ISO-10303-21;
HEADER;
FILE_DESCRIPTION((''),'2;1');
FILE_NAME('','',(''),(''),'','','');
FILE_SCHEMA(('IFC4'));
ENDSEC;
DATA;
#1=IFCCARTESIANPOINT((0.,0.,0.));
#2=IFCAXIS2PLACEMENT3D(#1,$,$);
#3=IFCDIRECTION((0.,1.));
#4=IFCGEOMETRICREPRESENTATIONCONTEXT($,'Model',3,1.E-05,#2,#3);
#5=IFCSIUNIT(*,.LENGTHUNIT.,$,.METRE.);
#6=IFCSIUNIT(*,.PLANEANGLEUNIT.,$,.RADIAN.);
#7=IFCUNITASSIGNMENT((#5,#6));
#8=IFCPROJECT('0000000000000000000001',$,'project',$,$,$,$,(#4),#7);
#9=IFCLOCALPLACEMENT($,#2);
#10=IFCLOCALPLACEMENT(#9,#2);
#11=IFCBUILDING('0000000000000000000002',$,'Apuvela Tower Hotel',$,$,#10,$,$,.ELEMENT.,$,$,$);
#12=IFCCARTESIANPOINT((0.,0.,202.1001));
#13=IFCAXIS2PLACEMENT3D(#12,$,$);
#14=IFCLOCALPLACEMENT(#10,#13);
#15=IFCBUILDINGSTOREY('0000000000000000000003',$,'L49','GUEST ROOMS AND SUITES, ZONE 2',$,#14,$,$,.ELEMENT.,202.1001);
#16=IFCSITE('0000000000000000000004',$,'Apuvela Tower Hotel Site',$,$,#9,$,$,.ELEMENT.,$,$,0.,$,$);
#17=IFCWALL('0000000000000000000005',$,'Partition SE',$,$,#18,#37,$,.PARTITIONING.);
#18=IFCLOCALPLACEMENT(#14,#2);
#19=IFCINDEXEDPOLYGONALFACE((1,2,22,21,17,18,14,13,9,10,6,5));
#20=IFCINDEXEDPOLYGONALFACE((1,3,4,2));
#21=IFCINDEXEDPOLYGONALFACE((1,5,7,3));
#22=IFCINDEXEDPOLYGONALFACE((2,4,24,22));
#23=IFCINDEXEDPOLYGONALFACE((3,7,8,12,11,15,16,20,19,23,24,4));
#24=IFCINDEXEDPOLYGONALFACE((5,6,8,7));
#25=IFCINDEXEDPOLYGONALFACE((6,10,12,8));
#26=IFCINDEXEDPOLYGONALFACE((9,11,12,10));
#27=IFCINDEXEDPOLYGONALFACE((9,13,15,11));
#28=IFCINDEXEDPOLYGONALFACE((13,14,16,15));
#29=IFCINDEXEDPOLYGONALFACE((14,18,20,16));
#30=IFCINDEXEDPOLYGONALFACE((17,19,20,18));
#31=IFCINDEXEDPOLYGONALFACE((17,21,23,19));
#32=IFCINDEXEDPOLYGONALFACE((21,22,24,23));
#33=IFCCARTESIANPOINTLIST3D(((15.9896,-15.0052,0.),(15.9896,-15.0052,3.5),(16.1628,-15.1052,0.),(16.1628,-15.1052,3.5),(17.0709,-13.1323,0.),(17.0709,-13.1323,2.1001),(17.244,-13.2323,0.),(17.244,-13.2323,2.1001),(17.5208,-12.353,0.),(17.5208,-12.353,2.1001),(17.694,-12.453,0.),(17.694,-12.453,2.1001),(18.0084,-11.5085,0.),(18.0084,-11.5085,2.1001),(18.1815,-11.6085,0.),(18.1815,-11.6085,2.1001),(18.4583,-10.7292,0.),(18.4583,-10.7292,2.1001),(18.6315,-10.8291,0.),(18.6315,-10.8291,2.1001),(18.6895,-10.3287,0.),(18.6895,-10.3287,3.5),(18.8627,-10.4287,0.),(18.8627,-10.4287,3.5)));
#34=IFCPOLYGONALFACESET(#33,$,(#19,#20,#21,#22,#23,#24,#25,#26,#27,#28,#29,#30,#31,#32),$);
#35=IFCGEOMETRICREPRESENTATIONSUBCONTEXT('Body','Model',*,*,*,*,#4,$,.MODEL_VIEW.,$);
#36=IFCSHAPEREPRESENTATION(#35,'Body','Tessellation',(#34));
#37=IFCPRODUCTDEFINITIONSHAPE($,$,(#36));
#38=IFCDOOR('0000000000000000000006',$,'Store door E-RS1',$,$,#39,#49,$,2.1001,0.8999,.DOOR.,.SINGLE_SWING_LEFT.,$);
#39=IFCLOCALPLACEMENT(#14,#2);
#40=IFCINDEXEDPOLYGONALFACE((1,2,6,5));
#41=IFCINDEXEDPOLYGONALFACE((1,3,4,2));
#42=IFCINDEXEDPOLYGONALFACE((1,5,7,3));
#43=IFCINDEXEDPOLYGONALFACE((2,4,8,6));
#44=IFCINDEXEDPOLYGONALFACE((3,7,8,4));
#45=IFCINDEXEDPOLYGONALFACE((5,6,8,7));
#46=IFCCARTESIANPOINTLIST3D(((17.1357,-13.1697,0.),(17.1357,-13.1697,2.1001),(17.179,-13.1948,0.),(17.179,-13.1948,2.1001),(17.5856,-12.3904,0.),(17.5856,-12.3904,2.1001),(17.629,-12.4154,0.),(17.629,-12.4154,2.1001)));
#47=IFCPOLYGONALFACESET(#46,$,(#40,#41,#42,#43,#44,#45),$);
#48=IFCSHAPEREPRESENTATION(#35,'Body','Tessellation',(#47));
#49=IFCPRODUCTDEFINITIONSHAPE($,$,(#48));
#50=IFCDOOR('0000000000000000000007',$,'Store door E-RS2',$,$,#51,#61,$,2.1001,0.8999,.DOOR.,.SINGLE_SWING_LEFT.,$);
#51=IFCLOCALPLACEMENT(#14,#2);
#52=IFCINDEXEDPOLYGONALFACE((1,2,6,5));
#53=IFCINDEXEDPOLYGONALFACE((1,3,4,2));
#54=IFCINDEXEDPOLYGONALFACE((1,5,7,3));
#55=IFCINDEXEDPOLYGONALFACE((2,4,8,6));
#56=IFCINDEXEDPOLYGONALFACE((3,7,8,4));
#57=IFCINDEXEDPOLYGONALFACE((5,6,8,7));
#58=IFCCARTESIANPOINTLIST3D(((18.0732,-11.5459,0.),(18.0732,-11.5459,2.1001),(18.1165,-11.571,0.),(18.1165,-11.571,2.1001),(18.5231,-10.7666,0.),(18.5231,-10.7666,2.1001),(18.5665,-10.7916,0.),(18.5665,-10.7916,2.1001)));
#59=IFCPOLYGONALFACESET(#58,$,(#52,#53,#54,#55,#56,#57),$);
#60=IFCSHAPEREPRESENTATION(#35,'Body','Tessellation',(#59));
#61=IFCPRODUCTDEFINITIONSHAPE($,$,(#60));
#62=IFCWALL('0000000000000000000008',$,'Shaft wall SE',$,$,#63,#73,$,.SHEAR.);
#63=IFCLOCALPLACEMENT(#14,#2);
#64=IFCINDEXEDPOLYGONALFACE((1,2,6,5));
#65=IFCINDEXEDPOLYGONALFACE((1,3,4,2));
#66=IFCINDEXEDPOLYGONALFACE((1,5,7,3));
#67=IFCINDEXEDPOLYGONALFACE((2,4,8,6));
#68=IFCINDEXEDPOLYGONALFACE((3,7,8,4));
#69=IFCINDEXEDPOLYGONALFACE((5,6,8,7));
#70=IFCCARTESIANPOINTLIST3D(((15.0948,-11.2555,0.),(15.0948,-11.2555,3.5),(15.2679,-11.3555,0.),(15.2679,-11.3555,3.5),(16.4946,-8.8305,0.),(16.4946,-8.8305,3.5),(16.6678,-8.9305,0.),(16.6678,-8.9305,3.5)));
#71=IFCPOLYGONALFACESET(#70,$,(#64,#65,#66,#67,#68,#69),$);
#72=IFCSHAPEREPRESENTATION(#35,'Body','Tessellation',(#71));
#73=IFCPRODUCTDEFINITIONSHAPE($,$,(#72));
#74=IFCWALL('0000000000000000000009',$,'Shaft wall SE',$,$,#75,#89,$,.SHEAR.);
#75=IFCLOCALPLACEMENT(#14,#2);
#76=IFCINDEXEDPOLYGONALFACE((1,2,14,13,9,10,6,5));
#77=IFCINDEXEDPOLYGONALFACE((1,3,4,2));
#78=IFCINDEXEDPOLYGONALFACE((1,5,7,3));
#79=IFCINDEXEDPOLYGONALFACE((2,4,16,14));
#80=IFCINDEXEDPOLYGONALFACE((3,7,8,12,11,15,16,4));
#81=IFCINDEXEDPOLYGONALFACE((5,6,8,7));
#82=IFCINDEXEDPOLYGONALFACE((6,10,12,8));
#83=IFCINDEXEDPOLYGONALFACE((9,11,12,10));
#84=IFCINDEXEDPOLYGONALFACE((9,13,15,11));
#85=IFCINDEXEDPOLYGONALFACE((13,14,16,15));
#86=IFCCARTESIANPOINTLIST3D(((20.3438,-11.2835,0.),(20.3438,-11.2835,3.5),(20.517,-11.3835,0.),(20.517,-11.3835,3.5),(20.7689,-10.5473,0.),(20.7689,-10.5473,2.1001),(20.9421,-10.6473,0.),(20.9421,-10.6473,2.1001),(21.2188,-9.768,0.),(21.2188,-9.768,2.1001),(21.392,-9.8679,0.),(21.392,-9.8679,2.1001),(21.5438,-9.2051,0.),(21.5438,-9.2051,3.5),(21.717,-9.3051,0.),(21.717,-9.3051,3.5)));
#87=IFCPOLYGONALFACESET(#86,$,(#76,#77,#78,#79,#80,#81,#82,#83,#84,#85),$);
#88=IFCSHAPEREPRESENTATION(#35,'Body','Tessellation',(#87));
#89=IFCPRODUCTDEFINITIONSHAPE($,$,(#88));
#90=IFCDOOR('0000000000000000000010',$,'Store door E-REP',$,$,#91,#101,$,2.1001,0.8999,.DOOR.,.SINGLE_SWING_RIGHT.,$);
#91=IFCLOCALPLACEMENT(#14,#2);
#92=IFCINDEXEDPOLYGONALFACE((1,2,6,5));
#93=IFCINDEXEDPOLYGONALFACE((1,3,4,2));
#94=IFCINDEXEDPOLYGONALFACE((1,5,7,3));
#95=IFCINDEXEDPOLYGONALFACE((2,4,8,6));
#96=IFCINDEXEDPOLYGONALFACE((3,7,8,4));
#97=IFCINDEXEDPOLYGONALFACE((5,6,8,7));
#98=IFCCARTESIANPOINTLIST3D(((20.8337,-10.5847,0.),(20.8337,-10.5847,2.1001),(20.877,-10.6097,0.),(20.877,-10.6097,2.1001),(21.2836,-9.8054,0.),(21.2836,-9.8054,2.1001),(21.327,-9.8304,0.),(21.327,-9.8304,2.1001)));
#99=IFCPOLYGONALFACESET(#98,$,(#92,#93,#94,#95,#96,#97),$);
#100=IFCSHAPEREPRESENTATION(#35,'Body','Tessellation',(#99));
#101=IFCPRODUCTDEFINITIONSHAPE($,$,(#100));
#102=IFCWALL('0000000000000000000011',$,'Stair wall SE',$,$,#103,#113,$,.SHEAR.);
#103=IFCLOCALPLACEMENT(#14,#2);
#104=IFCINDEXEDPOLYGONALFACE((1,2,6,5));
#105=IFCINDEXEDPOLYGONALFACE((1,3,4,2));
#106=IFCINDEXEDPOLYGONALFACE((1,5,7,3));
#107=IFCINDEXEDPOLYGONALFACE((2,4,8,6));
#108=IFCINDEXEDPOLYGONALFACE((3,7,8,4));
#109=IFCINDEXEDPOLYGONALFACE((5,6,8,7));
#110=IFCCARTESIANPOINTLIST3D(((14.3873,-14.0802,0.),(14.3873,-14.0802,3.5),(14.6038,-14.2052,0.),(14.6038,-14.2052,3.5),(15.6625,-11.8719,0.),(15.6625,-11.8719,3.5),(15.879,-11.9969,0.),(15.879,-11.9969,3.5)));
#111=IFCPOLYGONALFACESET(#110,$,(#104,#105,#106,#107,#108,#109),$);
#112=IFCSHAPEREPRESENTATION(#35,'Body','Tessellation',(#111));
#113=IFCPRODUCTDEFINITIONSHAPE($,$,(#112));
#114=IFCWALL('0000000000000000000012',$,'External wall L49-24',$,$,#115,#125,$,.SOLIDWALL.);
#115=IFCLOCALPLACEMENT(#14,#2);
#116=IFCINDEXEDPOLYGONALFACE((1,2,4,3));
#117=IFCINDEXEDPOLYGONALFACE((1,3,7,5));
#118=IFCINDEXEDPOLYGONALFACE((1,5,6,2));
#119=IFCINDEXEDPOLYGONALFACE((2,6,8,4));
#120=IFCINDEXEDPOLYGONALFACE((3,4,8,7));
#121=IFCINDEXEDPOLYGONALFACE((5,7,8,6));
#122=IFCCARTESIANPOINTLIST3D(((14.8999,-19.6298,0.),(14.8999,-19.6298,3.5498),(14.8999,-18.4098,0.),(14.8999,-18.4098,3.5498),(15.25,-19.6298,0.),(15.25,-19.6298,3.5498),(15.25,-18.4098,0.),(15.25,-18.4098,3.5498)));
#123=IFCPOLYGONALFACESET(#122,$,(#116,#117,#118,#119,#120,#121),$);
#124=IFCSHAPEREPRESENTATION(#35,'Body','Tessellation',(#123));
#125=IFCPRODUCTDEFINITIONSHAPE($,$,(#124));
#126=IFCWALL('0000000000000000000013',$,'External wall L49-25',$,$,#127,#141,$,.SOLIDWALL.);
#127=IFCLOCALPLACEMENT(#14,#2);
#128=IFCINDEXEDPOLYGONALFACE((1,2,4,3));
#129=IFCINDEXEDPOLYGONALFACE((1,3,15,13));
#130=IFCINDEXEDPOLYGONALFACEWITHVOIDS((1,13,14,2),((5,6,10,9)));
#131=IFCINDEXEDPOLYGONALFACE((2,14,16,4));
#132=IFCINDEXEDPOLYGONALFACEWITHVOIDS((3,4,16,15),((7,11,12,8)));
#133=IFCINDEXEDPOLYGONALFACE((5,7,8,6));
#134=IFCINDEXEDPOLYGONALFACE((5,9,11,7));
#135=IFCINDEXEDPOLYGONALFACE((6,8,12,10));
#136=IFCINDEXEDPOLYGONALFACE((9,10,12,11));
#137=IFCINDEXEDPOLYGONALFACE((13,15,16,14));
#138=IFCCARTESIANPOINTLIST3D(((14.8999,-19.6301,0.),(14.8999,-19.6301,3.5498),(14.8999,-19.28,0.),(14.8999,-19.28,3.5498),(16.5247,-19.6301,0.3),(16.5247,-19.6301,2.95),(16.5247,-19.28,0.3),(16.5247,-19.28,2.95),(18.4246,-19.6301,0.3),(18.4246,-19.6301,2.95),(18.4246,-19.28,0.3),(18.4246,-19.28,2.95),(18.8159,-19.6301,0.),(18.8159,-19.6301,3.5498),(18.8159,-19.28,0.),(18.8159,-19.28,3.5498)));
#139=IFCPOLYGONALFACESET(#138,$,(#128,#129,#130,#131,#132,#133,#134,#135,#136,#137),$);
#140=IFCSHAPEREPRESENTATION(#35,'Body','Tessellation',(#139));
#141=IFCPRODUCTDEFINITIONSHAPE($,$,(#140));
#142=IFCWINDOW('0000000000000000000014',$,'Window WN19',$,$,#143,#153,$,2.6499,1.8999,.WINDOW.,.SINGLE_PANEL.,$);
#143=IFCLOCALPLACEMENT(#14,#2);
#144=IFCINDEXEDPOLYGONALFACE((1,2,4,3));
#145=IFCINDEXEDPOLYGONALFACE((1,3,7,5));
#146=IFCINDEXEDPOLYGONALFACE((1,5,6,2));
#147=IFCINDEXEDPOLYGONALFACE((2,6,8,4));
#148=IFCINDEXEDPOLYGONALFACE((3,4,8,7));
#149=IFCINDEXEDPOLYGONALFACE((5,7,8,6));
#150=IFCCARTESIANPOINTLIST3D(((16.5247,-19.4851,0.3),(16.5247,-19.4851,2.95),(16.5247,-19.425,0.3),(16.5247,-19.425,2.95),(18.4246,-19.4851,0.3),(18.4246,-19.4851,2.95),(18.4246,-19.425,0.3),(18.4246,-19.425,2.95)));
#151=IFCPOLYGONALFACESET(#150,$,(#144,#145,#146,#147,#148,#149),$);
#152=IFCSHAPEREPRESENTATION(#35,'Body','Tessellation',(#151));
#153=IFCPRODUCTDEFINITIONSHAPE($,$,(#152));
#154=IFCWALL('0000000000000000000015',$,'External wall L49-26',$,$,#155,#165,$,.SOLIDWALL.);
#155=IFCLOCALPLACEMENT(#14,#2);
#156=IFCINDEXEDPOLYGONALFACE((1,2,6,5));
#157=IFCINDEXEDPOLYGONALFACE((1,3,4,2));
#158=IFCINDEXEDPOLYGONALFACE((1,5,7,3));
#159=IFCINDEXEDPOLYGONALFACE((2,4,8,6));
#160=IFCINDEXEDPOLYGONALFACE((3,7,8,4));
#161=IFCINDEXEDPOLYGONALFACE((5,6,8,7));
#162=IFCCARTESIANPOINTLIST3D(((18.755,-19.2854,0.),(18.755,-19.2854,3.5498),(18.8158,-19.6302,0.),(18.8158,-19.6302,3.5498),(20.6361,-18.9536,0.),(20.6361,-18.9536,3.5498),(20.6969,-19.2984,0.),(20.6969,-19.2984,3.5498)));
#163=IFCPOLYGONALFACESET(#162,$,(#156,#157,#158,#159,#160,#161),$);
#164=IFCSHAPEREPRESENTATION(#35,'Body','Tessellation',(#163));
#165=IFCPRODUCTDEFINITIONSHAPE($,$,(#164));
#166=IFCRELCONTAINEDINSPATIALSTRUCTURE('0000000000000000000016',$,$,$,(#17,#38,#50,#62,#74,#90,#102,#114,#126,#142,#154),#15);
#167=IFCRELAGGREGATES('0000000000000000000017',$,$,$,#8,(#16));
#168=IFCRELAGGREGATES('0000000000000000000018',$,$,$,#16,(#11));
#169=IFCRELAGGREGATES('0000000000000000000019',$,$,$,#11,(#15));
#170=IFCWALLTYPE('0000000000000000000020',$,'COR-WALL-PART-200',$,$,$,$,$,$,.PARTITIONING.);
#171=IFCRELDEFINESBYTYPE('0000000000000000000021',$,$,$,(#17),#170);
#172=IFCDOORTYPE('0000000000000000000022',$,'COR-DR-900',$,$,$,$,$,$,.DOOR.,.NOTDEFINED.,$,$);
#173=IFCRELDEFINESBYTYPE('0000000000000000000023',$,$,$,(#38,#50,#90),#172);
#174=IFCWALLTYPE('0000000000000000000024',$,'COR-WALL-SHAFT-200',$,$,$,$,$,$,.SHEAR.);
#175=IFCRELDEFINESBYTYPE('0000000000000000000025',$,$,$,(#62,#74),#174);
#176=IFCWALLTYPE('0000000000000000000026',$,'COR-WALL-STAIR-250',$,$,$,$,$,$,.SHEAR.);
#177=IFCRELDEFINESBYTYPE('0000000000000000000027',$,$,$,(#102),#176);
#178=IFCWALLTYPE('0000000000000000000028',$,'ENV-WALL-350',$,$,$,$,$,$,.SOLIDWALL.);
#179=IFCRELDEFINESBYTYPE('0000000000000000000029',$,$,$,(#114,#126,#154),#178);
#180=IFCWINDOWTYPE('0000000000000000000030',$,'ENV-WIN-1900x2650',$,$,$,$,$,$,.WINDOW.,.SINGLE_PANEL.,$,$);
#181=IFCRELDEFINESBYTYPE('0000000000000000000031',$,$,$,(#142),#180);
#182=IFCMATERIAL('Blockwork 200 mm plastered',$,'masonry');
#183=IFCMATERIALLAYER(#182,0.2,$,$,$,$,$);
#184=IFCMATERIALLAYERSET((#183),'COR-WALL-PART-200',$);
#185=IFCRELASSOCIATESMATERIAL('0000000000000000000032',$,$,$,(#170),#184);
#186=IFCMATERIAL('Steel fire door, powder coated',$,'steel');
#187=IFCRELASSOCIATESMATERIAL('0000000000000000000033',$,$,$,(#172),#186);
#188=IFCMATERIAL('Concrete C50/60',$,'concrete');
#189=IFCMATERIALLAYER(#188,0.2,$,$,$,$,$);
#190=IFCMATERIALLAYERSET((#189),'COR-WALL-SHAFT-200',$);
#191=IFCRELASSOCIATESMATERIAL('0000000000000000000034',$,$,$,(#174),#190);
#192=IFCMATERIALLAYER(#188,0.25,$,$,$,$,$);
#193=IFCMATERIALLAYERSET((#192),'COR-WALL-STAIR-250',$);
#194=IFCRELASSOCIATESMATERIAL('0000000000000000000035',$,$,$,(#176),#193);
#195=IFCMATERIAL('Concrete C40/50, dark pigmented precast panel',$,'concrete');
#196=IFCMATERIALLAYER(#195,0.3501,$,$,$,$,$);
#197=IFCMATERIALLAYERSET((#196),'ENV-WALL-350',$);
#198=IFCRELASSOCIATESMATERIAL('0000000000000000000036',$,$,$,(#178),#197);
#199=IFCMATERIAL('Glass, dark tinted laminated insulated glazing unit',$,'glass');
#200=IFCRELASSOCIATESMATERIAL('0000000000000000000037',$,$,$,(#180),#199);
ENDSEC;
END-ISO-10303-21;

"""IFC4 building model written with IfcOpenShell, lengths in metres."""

from ifc_helpers import new_model, si_unit, direction, frame, frame_2d, origin, place, context, subcontext, project, spatial, rectangle, extrude, material, layer, layer_set, type_object, element, fill, save


model = new_model("IFC4")

# Units and contexts
model_context = context("Model", 3, precision=1e-05, world=origin(), true_north=direction((0.0, 1.0)))
body_context = subcontext(model_context, "Body", "Model", "MODEL_VIEW")
ifc_project = project(units=[si_unit("LENGTHUNIT", "METRE"), si_unit("PLANEANGLEUNIT", "RADIAN")], contexts=[model_context])

# Site, building, storey
site_placement = place(None, origin())
site = spatial("IfcSite", under=ifc_project, at=site_placement, Name="Apuvela Tower Hotel Site", CompositionType="ELEMENT", RefElevation=0.0)
building_placement = place(site_placement, origin())
building = spatial("IfcBuilding", under=site, at=building_placement, Name="Apuvela Tower Hotel", CompositionType="ELEMENT")
storey_placement = place(building_placement, frame((0.0, 0.0, 202.1001)))
storey = spatial("IfcBuildingStorey", under=building, at=storey_placement, Name="L49", Description="GUEST ROOMS AND SUITES, ZONE 2", CompositionType="ELEMENT", Elevation=202.1001)

# Wall, openings, doors
ifc_material_1 = material(Name="Blockwork 200 mm plastered", Category="masonry")
ifc_layer_1 = layer(ifc_material_1, 0.2)
ifc_layer_set_1 = layer_set([ifc_layer_1], Name="COR-WALL-PART-200")
wall_type_1 = type_object("IfcWallType", Name="COR-WALL-PART-200", PredefinedType="PARTITIONING", material=ifc_layer_set_1)
wall_1_placement = place(storey_placement, frame((16.0762, -15.0552, 0.0), z_axis=(0.0, 0.0, 1.0), x_axis=(0.499995, 0.866028, 0.0)))
wall_1 = element("IfcWall", 1, at=wall_1_placement, inside=storey, type_object=wall_type_1, Name="Partition SE", PredefinedType="PARTITIONING", context=body_context, shape_type="SweptSolid", body=[
    extrude(rectangle(XDim=5.3999, YDim=0.2, at=frame_2d((2.7, 0.0))), origin(), (0.0, 0.0, 1.0), 3.5),
])
opening_1_placement = place(wall_1_placement, frame((2.1626, 0.0, 0.0)))
opening_1 = element("IfcOpeningElement", 2, at=opening_1_placement, cuts=wall_1, PredefinedType="OPENING", context=body_context, shape_type="SweptSolid", body=[
    extrude(rectangle(XDim=0.8999, YDim=2.1001, at=frame_2d((0.45, 1.05))), frame((0.0, 0.1099, 0.0), z_axis=(0.0, -1.0, 0.0), x_axis=(1.0, 0.0, 0.0)), (0.0, 0.0, 1.0), 0.22),
])
opening_2_placement = place(wall_1_placement, frame((4.0376, 0.0, 0.0)))
opening_2 = element("IfcOpeningElement", 3, at=opening_2_placement, cuts=wall_1, PredefinedType="OPENING", context=body_context, shape_type="SweptSolid", body=[
    extrude(rectangle(XDim=0.8999, YDim=2.1001, at=frame_2d((0.45, 1.05))), frame((0.0, 0.1099, 0.0), z_axis=(0.0, -1.0, 0.0), x_axis=(1.0, 0.0, 0.0)), (0.0, 0.0, 1.0), 0.22),
])
ifc_material_2 = material(Name="Steel fire door, powder coated", Category="steel")
door_type_1 = type_object("IfcDoorType", Name="COR-DR-900", OperationType="NOTDEFINED", PredefinedType="DOOR", material=ifc_material_2)
door_1_placement = place(opening_1_placement, frame((0.8999, 0.0, 0.0), z_axis=(0.0, 0.0, 1.0), x_axis=(-1.0, 0.0, 0.0)))
door_1 = element("IfcDoor", 4, at=door_1_placement, inside=storey, type_object=door_type_1, Name="Store door E-RS1", OperationType="SINGLE_SWING_LEFT", OverallHeight=2.1001, OverallWidth=0.8999, PredefinedType="DOOR", context=body_context, shape_type="SweptSolid", body=[
    extrude(rectangle(XDim=0.8999, YDim=2.1001, at=frame_2d((0.45, 1.05))), frame((0.0, 0.0249, 0.0), z_axis=(0.0, -1.0, 0.0), x_axis=(1.0, 0.0, 0.0)), (0.0, 0.0, 1.0), 0.05),
])
fill(opening_1, door_1)
door_2_placement = place(opening_2_placement, frame((0.8999, 0.0, 0.0), z_axis=(0.0, 0.0, 1.0), x_axis=(-1.0, 0.0, 0.0)))
door_2 = element("IfcDoor", 5, at=door_2_placement, inside=storey, type_object=door_type_1, Name="Store door E-RS2", OperationType="SINGLE_SWING_LEFT", OverallHeight=2.1001, OverallWidth=0.8999, PredefinedType="DOOR", context=body_context, shape_type="SweptSolid", body=[
    extrude(rectangle(XDim=0.8999, YDim=2.1001, at=frame_2d((0.45, 1.05))), frame((0.0, 0.0249, 0.0), z_axis=(0.0, -1.0, 0.0), x_axis=(1.0, 0.0, 0.0)), (0.0, 0.0, 1.0), 0.05),
])
fill(opening_2, door_2)

# Wall
ifc_material_3 = material(Name="Concrete C50/60", Category="concrete")
ifc_layer_2 = layer(ifc_material_3, 0.2)
ifc_layer_set_2 = layer_set([ifc_layer_2], Name="COR-WALL-SHAFT-200")
wall_type_2 = type_object("IfcWallType", Name="COR-WALL-SHAFT-200", PredefinedType="SHEAR", material=ifc_layer_set_2)
wall_2_placement = place(storey_placement, frame((15.1814, -11.3054, 0.0), z_axis=(0.0, 0.0, 1.0), x_axis=(0.499946, 0.866056, 0.0)))
element("IfcWall", 6, at=wall_2_placement, inside=storey, type_object=wall_type_2, Name="Shaft wall SE", PredefinedType="SHEAR", context=body_context, shape_type="SweptSolid", body=[
    extrude(rectangle(XDim=2.8, YDim=0.2, at=frame_2d((1.3999, 0.0))), origin(), (0.0, 0.0, 1.0), 3.5),
])

# Wall, opening, door
wall_3_placement = place(storey_placement, frame((20.4304, -11.3335, 0.0), z_axis=(0.0, 0.0, 1.0), x_axis=(0.500001, 0.866025, 0.0)))
wall_3 = element("IfcWall", 7, at=wall_3_placement, inside=storey, type_object=wall_type_2, Name="Shaft wall SE", PredefinedType="SHEAR", context=body_context, shape_type="SweptSolid", body=[
    extrude(rectangle(XDim=2.3999, YDim=0.2, at=frame_2d((1.2, 0.0))), origin(), (0.0, 0.0, 1.0), 3.5),
])
opening_3_placement = place(wall_3_placement, frame((0.8501, 0.0, 0.0)))
opening_3 = element("IfcOpeningElement", 8, at=opening_3_placement, cuts=wall_3, PredefinedType="OPENING", context=body_context, shape_type="SweptSolid", body=[
    extrude(rectangle(XDim=0.8999, YDim=2.1001, at=frame_2d((0.45, 1.05))), frame((0.0, 0.1099, 0.0), z_axis=(0.0, -1.0, 0.0), x_axis=(1.0, 0.0, 0.0)), (0.0, 0.0, 1.0), 0.22),
])
door_3_placement = place(opening_3_placement, frame((0.8999, 0.0, 0.0), z_axis=(0.0, 0.0, 1.0), x_axis=(-1.0, 0.0, 0.0)))
door_3 = element("IfcDoor", 9, at=door_3_placement, inside=storey, type_object=door_type_1, Name="Store door E-REP", OperationType="SINGLE_SWING_RIGHT", OverallHeight=2.1001, OverallWidth=0.8999, PredefinedType="DOOR", context=body_context, shape_type="SweptSolid", body=[
    extrude(rectangle(XDim=0.8999, YDim=2.1001, at=frame_2d((0.45, 1.05))), frame((0.0, 0.0249, 0.0), z_axis=(0.0, -1.0, 0.0), x_axis=(1.0, 0.0, 0.0)), (0.0, 0.0, 1.0), 0.05),
])
fill(opening_3, door_3)

# Walls
ifc_layer_3 = layer(ifc_material_3, 0.25)
ifc_layer_set_3 = layer_set([ifc_layer_3], Name="COR-WALL-STAIR-250")
wall_type_3 = type_object("IfcWallType", Name="COR-WALL-STAIR-250", PredefinedType="SHEAR", material=ifc_layer_set_3)
wall_4_placement = place(storey_placement, frame((14.4956, -14.1426, 0.0), z_axis=(0.0, 0.0, 1.0), x_axis=(0.500062, 0.865989, 0.0)))
element("IfcWall", 10, at=wall_4_placement, inside=storey, type_object=wall_type_3, Name="Stair wall SE", PredefinedType="SHEAR", context=body_context, shape_type="SweptSolid", body=[
    extrude(rectangle(XDim=2.55, YDim=0.25, at=frame_2d((1.2749, 0.0))), origin(), (0.0, 0.0, 1.0), 3.5),
])
ifc_material_4 = material(Name="Concrete C40/50, dark pigmented precast panel", Category="concrete")
ifc_layer_4 = layer(ifc_material_4, 0.3501)
ifc_layer_set_4 = layer_set([ifc_layer_4], Name="ENV-WALL-350")
wall_type_4 = type_object("IfcWallType", Name="ENV-WALL-350", PredefinedType="SOLIDWALL", material=ifc_layer_set_4)
wall_5_placement = place(storey_placement, frame((15.075, -18.4099, 0.0), z_axis=(0.0, 0.0, 1.0), x_axis=(0.0, -1.0, 0.0)))
element("IfcWall", 11, at=wall_5_placement, inside=storey, type_object=wall_type_4, Name="External wall L49-24", PredefinedType="SOLIDWALL", context=body_context, shape_type="SweptSolid", body=[
    extrude(rectangle(XDim=1.22, YDim=0.3501, at=frame_2d((0.6099, 0.0))), origin(), (0.0, 0.0, 1.0), 3.5498),
])

# Wall, opening, window
wall_6_placement = place(storey_placement, frame((14.8999, -19.4551, 0.0), z_axis=(0.0, 0.0, 1.0), x_axis=(1.0, 0.0, 0.0)))
wall_6 = element("IfcWall", 12, at=wall_6_placement, inside=storey, type_object=wall_type_4, Name="External wall L49-25", PredefinedType="SOLIDWALL", context=body_context, shape_type="SweptSolid", body=[
    extrude(rectangle(XDim=3.916, YDim=0.3501, at=frame_2d((1.958, 0.0))), origin(), (0.0, 0.0, 1.0), 3.5498),
])
opening_4_placement = place(wall_6_placement, frame((1.6248, 0.0, 0.3)))
opening_4 = element("IfcOpeningElement", 13, at=opening_4_placement, cuts=wall_6, PredefinedType="OPENING", context=body_context, shape_type="SweptSolid", body=[
    extrude(rectangle(XDim=1.8999, YDim=2.6499, at=frame_2d((0.95, 1.325))), frame((0.0, 0.1851, 0.0), z_axis=(0.0, -1.0, 0.0), x_axis=(1.0, 0.0, 0.0)), (0.0, 0.0, 1.0), 0.3701),
])
ifc_material_5 = material(Name="Glass, dark tinted laminated insulated glazing unit", Category="glass")
window_type = type_object("IfcWindowType", Name="ENV-WIN-1900x2650", PartitioningType="SINGLE_PANEL", PredefinedType="WINDOW", material=ifc_material_5)
window_placement = place(opening_4_placement, origin())
window = element("IfcWindow", 14, at=window_placement, inside=storey, type_object=window_type, Name="Window WN19", OverallHeight=2.6499, OverallWidth=1.8999, PartitioningType="SINGLE_PANEL", PredefinedType="WINDOW", context=body_context, shape_type="SweptSolid", body=[
    extrude(rectangle(XDim=1.8999, YDim=2.6499, at=frame_2d((0.95, 1.325))), frame((0.0, 0.03, 0.0), z_axis=(0.0, -1.0, 0.0), x_axis=(1.0, 0.0, 0.0)), (0.0, 0.0, 1.0), 0.0601),
])
fill(opening_4, window)

# Wall
wall_7_placement = place(storey_placement, frame((18.7854, -19.4578, 0.0), z_axis=(0.0, 0.0, 1.0), x_axis=(0.984799, 0.173698, 0.0)))
element("IfcWall", 15, at=wall_7_placement, inside=storey, type_object=wall_type_4, Name="External wall L49-26", PredefinedType="SOLIDWALL", context=body_context, shape_type="SweptSolid", body=[
    extrude(rectangle(XDim=1.9102, YDim=0.3501, at=frame_2d((0.9551, 0.0))), origin(), (0.0, 0.0, 1.0), 3.5498),
])

save(model, "model.ifc")
